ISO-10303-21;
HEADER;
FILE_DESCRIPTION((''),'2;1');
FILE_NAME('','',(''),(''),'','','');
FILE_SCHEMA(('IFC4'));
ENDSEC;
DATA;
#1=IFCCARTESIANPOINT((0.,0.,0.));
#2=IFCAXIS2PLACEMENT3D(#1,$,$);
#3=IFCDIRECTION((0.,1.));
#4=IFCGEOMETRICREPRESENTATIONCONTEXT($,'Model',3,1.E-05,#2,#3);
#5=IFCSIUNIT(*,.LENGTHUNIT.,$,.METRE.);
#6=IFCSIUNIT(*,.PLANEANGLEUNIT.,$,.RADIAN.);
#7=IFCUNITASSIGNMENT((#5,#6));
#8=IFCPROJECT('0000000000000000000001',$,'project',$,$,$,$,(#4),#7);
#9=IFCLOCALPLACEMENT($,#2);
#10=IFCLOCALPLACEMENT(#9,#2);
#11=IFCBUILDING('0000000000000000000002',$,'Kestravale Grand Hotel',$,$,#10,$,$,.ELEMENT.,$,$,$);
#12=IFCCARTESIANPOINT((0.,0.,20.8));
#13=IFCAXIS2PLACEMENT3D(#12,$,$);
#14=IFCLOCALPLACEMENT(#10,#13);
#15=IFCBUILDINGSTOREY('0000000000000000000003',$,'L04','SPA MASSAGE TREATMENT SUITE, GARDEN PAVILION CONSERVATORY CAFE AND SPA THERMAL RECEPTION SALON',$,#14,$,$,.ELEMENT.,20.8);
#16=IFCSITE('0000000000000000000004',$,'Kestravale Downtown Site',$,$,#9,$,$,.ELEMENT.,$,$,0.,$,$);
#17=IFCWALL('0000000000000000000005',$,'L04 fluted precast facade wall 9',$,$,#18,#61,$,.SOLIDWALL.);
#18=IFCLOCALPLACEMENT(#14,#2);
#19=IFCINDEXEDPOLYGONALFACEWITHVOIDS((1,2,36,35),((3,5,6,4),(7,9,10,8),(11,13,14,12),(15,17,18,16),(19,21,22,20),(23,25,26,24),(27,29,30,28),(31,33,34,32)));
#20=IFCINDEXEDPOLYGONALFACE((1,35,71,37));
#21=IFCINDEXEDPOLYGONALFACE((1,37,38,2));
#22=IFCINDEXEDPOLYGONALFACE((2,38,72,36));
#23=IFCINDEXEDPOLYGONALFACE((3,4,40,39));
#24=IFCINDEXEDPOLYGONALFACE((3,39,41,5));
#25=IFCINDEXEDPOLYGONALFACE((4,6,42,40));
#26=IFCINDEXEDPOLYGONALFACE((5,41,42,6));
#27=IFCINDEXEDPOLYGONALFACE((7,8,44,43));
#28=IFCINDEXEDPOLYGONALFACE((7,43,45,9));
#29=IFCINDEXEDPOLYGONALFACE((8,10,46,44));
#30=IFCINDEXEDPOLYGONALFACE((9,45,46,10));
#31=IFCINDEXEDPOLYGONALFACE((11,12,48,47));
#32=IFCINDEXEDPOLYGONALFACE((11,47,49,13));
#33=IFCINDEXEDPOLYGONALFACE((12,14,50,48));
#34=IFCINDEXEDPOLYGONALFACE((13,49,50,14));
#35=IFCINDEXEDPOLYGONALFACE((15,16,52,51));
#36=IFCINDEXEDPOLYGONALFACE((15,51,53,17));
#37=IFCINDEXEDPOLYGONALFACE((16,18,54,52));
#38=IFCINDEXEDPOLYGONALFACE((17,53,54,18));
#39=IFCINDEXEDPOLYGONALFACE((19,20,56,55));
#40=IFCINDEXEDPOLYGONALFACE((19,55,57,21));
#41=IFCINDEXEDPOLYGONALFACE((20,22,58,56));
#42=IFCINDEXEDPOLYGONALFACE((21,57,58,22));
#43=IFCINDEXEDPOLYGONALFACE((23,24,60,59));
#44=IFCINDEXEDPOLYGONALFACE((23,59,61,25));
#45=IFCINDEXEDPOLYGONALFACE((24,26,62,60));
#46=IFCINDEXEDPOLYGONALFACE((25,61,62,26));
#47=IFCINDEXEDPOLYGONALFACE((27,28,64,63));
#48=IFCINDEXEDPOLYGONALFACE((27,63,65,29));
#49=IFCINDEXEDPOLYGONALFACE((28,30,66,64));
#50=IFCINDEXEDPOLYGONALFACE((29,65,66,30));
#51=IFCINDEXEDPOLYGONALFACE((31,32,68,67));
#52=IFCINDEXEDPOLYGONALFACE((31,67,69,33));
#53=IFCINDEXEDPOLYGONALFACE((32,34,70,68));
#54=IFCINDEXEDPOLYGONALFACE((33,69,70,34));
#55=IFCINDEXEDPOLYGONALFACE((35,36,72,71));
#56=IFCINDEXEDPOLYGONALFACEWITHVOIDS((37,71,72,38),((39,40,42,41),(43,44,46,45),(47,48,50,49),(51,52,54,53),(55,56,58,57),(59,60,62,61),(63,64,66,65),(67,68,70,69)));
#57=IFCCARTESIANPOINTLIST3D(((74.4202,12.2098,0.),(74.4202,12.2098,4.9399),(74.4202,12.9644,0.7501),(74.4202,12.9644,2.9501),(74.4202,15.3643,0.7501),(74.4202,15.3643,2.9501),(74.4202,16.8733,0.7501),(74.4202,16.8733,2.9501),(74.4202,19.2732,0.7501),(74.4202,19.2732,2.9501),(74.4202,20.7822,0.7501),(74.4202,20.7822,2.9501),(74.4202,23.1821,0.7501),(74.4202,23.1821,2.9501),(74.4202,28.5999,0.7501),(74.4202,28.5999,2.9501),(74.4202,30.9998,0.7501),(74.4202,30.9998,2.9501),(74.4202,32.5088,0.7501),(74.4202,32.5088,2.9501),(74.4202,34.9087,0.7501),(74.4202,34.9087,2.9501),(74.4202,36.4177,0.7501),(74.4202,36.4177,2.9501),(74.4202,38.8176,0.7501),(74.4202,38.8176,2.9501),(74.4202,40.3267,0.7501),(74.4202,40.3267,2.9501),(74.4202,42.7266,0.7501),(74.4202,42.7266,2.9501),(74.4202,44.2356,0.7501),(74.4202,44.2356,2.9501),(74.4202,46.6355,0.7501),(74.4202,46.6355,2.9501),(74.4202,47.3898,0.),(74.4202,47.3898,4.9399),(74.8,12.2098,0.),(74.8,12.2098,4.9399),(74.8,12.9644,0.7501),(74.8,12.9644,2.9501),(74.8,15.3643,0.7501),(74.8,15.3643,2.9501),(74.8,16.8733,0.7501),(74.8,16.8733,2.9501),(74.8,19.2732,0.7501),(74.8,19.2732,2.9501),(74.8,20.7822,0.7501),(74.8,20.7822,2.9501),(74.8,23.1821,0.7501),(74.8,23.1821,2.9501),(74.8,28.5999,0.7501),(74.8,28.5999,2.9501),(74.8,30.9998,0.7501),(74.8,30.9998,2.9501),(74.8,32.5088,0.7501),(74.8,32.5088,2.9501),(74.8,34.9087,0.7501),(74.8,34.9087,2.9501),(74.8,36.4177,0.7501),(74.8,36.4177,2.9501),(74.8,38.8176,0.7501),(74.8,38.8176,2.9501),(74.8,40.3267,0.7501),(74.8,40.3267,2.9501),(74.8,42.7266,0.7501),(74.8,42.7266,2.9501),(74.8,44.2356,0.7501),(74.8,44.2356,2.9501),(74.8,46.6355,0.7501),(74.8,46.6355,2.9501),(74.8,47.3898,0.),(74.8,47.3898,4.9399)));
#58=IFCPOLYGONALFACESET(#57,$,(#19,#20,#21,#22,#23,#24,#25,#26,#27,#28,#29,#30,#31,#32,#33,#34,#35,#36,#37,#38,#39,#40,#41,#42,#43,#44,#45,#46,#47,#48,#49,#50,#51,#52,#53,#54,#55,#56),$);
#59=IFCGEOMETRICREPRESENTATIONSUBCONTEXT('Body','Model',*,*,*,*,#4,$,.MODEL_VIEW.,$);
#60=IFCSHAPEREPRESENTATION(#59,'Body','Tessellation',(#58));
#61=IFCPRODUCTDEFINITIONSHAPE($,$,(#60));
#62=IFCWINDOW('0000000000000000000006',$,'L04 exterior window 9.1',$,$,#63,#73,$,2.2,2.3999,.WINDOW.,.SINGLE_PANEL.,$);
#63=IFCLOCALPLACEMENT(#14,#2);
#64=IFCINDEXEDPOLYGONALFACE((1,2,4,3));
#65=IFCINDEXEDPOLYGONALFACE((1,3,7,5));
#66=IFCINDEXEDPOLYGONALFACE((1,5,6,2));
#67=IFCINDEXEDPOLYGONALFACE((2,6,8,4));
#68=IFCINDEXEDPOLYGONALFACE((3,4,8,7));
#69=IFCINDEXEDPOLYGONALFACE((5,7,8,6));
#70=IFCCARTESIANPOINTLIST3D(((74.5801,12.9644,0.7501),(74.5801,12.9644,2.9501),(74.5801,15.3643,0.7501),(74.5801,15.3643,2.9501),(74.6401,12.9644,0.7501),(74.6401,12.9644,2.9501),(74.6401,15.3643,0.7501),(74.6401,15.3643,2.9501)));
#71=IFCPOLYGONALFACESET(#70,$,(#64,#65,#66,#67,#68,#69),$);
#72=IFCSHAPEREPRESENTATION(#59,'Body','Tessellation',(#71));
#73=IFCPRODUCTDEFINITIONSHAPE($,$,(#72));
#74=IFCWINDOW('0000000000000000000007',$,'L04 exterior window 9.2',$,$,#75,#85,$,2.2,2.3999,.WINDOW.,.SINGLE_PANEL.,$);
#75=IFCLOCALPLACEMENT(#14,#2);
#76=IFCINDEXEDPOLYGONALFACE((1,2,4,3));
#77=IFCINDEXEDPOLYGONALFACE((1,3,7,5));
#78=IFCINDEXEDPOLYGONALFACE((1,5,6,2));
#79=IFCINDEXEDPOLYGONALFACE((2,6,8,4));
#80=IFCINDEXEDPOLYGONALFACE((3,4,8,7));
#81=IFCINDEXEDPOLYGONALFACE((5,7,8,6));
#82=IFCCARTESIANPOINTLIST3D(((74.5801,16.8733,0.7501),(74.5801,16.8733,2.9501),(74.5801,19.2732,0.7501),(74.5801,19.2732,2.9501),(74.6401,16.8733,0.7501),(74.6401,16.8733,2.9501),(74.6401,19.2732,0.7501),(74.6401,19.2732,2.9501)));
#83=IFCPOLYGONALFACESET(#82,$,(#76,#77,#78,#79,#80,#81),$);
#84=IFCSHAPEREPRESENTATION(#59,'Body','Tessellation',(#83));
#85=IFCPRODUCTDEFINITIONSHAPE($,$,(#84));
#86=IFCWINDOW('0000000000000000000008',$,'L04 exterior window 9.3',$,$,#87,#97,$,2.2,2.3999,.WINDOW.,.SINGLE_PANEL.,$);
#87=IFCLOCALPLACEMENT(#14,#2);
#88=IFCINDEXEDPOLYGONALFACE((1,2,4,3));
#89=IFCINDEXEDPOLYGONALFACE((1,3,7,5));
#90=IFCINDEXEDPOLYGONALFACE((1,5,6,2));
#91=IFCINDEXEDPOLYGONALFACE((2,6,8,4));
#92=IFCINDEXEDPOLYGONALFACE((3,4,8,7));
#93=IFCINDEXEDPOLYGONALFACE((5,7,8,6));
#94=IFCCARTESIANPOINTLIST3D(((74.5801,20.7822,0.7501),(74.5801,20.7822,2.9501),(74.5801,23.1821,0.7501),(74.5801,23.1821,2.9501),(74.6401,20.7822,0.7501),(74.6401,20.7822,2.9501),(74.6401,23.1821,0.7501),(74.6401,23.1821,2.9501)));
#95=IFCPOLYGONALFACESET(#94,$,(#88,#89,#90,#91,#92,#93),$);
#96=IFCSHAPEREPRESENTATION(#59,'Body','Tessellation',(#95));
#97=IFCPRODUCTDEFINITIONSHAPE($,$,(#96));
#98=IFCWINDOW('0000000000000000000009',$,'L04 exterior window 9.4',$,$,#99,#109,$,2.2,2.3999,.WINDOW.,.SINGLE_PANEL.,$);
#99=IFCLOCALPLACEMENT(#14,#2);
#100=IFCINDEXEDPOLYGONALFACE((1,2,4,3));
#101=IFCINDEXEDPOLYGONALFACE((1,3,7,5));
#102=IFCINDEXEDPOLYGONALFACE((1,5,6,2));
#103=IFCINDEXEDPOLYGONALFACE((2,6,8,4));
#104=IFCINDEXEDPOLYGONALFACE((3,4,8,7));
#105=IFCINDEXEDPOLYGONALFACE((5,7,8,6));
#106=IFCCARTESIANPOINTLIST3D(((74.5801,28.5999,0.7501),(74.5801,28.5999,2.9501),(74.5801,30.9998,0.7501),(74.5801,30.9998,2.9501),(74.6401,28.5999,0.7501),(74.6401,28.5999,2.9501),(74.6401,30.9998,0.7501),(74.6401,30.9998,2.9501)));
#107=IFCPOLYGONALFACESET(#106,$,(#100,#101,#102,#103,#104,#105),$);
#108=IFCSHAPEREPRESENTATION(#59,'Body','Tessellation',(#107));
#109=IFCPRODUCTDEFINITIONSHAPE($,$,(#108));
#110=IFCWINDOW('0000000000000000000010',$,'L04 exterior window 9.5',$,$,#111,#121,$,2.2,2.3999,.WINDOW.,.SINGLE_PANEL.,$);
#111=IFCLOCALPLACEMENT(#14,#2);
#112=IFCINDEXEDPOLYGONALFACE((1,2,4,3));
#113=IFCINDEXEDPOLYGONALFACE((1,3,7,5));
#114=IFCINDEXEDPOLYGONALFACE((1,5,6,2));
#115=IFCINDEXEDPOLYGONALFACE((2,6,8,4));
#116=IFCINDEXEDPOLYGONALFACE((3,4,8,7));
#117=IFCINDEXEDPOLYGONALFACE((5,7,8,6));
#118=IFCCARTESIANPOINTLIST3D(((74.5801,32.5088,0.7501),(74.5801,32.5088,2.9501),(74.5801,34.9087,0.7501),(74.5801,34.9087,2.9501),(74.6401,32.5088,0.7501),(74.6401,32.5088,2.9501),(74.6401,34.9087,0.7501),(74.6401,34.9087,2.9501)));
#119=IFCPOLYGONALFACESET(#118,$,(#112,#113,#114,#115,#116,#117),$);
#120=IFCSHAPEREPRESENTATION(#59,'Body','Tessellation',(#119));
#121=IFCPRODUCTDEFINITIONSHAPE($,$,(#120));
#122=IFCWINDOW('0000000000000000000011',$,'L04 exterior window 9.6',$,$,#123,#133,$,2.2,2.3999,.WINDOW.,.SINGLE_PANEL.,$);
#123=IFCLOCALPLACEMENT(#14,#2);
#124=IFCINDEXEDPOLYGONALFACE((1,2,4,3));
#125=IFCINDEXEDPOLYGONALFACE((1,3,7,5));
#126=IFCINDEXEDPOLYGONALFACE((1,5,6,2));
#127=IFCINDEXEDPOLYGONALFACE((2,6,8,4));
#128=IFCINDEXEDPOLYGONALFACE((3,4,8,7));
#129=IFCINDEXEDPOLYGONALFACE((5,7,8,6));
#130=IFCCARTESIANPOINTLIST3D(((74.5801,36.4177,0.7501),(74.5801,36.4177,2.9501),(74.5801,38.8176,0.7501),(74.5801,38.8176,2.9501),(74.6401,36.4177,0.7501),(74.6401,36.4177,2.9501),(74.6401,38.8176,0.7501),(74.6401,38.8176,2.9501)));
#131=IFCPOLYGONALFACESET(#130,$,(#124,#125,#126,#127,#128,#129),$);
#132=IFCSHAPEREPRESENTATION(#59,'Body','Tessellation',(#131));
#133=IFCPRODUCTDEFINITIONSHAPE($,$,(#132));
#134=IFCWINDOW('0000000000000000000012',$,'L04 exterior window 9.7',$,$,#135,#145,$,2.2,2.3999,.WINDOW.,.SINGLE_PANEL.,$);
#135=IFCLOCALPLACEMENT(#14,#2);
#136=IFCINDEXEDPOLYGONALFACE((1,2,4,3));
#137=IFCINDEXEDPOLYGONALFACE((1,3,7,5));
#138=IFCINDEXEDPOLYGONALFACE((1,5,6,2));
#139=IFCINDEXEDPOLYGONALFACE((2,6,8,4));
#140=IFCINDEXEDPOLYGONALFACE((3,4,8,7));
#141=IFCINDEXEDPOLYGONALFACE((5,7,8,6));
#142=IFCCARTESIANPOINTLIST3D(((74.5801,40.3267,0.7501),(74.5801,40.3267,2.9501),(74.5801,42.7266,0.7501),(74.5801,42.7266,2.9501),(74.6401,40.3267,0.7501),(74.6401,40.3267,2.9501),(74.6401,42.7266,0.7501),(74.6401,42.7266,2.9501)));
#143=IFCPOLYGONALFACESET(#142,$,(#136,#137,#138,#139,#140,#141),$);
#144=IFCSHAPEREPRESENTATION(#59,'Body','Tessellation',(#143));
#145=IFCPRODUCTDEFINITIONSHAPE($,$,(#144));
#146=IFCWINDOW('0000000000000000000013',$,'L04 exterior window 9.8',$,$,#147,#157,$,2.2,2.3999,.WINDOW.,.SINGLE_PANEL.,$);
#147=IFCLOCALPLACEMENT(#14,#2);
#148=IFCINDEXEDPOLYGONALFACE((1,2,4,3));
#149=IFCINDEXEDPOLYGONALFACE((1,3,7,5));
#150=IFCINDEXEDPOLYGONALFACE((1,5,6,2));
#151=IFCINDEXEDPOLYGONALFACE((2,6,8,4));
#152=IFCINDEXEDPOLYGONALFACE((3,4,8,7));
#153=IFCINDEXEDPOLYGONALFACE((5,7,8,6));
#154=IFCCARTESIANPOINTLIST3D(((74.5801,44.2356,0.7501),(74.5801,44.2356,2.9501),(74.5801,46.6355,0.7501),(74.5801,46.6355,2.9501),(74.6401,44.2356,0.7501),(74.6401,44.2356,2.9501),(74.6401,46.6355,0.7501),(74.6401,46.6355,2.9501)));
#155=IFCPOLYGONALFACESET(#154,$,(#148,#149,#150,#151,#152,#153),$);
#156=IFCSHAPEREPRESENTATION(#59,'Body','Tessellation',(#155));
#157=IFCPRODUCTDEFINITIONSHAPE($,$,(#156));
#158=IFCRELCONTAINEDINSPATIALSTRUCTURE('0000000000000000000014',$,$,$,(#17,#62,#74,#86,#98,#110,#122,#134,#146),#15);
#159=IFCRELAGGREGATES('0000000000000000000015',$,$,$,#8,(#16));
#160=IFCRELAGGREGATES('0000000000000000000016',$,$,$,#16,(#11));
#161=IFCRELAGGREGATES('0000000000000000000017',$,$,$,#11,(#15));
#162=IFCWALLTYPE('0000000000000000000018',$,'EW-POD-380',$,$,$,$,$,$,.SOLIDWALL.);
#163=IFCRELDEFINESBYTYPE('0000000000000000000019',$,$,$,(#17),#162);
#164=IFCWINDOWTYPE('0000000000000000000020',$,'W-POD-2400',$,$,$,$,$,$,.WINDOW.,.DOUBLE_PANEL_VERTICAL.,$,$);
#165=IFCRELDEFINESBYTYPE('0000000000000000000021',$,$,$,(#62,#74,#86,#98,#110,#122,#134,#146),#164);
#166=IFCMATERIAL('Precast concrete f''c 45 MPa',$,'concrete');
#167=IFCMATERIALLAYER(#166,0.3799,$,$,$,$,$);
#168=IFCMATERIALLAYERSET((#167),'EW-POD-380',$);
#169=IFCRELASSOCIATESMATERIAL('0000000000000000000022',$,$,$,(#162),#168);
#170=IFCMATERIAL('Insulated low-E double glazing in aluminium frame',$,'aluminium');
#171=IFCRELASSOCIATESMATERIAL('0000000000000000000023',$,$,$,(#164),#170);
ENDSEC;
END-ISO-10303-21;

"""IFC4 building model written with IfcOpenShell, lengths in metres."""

from ifc_helpers import new_model, si_unit, direction, frame, frame_2d, origin, place, context, subcontext, project, spatial, rectangle, extrude, material, layer, layer_set, type_object, element, fill, save


model = new_model("IFC4")

# Units and contexts
model_context = context("Model", 3, precision=1e-05, world=origin(), true_north=direction((0.0, 1.0)))
body_context = subcontext(model_context, "Body", "Model", "MODEL_VIEW")
ifc_project = project(units=[si_unit("LENGTHUNIT", "METRE"), si_unit("PLANEANGLEUNIT", "RADIAN")], contexts=[model_context])

# Site, building, storey
site_placement = place(None, origin())
site = spatial("IfcSite", under=ifc_project, at=site_placement, Name="Kestravale Downtown Site", CompositionType="ELEMENT", RefElevation=0.0)
building_placement = place(site_placement, origin())
building = spatial("IfcBuilding", under=site, at=building_placement, Name="Kestravale Grand Hotel", CompositionType="ELEMENT")
storey_placement = place(building_placement, frame((0.0, 0.0, 20.8)))
storey = spatial("IfcBuildingStorey", under=building, at=storey_placement, Name="L04", Description="SPA MASSAGE TREATMENT SUITE, GARDEN PAVILION CONSERVATORY CAFE AND SPA THERMAL RECEPTION SALON", CompositionType="ELEMENT", Elevation=20.8)

# Shared definitions
ifc_material_1 = material(Name="Precast concrete f'c 45 MPa", Category="concrete")
ifc_layer = layer(ifc_material_1, 0.3799)
ifc_layer_set = layer_set([ifc_layer], Name="EW-POD-380")
wall_type = type_object("IfcWallType", Name="EW-POD-380", PredefinedType="SOLIDWALL", material=ifc_layer_set)

# Wall, openings, windows
wall_1_placement = place(storey_placement, frame((74.6101, 12.21, 0.0), z_axis=(0.0, 0.0, 1.0), x_axis=(0.0, 1.0, 0.0)))
wall_1 = element("IfcWall", 1, at=wall_1_placement, inside=storey, type_object=wall_type, Name="L04 fluted precast facade wall 9", PredefinedType="SOLIDWALL", context=body_context, shape_type="SweptSolid", body=[
    extrude(rectangle(XDim=35.1799, YDim=0.3799, at=frame_2d((17.5898, 0.0))), origin(), (0.0, 0.0, 1.0), 4.9399),
])
opening_1_placement = place(wall_1_placement, frame((0.7544, 0.0, 0.75)))
opening_1 = element("IfcOpeningElement", 2, at=opening_1_placement, cuts=wall_1, PredefinedType="OPENING", context=body_context, shape_type="SweptSolid", body=[
    extrude(rectangle(XDim=2.3999, YDim=2.2, at=frame_2d((1.2, 1.1001))), frame((0.0, 0.2, 0.0), z_axis=(0.0, -1.0, 0.0), x_axis=(1.0, 0.0, 0.0)), (0.0, 0.0, 1.0), 0.3999),
])
opening_2_placement = place(wall_1_placement, frame((4.6633, 0.0, 0.75)))
opening_2 = element("IfcOpeningElement", 3, at=opening_2_placement, cuts=wall_1, PredefinedType="OPENING", context=body_context, shape_type="SweptSolid", body=[
    extrude(rectangle(XDim=2.3999, YDim=2.2, at=frame_2d((1.2, 1.1001))), frame((0.0, 0.2, 0.0), z_axis=(0.0, -1.0, 0.0), x_axis=(1.0, 0.0, 0.0)), (0.0, 0.0, 1.0), 0.3999),
])
opening_3_placement = place(wall_1_placement, frame((8.5723, 0.0, 0.75)))
opening_3 = element("IfcOpeningElement", 4, at=opening_3_placement, cuts=wall_1, PredefinedType="OPENING", context=body_context, shape_type="SweptSolid", body=[
    extrude(rectangle(XDim=2.3999, YDim=2.2, at=frame_2d((1.2, 1.1001))), frame((0.0, 0.2, 0.0), z_axis=(0.0, -1.0, 0.0), x_axis=(1.0, 0.0, 0.0)), (0.0, 0.0, 1.0), 0.3999),
])
opening_4_placement = place(wall_1_placement, frame((16.3899, 0.0, 0.75)))
opening_4 = element("IfcOpeningElement", 5, at=opening_4_placement, cuts=wall_1, PredefinedType="OPENING", context=body_context, shape_type="SweptSolid", body=[
    extrude(rectangle(XDim=2.3999, YDim=2.2, at=frame_2d((1.2, 1.1001))), frame((0.0, 0.2, 0.0), z_axis=(0.0, -1.0, 0.0), x_axis=(1.0, 0.0, 0.0)), (0.0, 0.0, 1.0), 0.3999),
])
opening_5_placement = place(wall_1_placement, frame((20.2988, 0.0, 0.75)))
opening_5 = element("IfcOpeningElement", 6, at=opening_5_placement, cuts=wall_1, PredefinedType="OPENING", context=body_context, shape_type="SweptSolid", body=[
    extrude(rectangle(XDim=2.3999, YDim=2.2, at=frame_2d((1.2, 1.1001))), frame((0.0, 0.2, 0.0), z_axis=(0.0, -1.0, 0.0), x_axis=(1.0, 0.0, 0.0)), (0.0, 0.0, 1.0), 0.3999),
])
opening_6_placement = place(wall_1_placement, frame((24.2078, 0.0, 0.75)))
opening_6 = element("IfcOpeningElement", 7, at=opening_6_placement, cuts=wall_1, PredefinedType="OPENING", context=body_context, shape_type="SweptSolid", body=[
    extrude(rectangle(XDim=2.3999, YDim=2.2, at=frame_2d((1.2, 1.1001))), frame((0.0, 0.2, 0.0), z_axis=(0.0, -1.0, 0.0), x_axis=(1.0, 0.0, 0.0)), (0.0, 0.0, 1.0), 0.3999),
])
opening_7_placement = place(wall_1_placement, frame((28.1167, 0.0, 0.75)))
opening_7 = element("IfcOpeningElement", 8, at=opening_7_placement, cuts=wall_1, PredefinedType="OPENING", context=body_context, shape_type="SweptSolid", body=[
    extrude(rectangle(XDim=2.3999, YDim=2.2, at=frame_2d((1.2, 1.1001))), frame((0.0, 0.2, 0.0), z_axis=(0.0, -1.0, 0.0), x_axis=(1.0, 0.0, 0.0)), (0.0, 0.0, 1.0), 0.3999),
])
opening_8_placement = place(wall_1_placement, frame((32.0256, 0.0, 0.75)))
opening_8 = element("IfcOpeningElement", 9, at=opening_8_placement, cuts=wall_1, PredefinedType="OPENING", context=body_context, shape_type="SweptSolid", body=[
    extrude(rectangle(XDim=2.3999, YDim=2.2, at=frame_2d((1.2, 1.1001))), frame((0.0, 0.2, 0.0), z_axis=(0.0, -1.0, 0.0), x_axis=(1.0, 0.0, 0.0)), (0.0, 0.0, 1.0), 0.3999),
])
ifc_material_2 = material(Name="Insulated low-E double glazing in aluminium frame", Category="aluminium")
window_type_1 = type_object("IfcWindowType", Name="W-POD-2400", PartitioningType="DOUBLE_PANEL_VERTICAL", PredefinedType="WINDOW", material=ifc_material_2)
window_1_placement = place(opening_1_placement, origin())
window_1 = element("IfcWindow", 10, at=window_1_placement, inside=storey, type_object=window_type_1, Name="L04 exterior window 9.1", OverallHeight=2.2, OverallWidth=2.3999, PartitioningType="SINGLE_PANEL", PredefinedType="WINDOW", context=body_context, shape_type="SweptSolid", body=[
    extrude(rectangle(XDim=2.3999, YDim=2.2, at=frame_2d((1.2, 1.1001))), frame((0.0, 0.03, 0.0), z_axis=(0.0, -1.0, 0.0), x_axis=(1.0, 0.0, 0.0)), (0.0, 0.0, 1.0), 0.0601),
])
fill(opening_1, window_1)
window_2_placement = place(opening_2_placement, origin())
window_2 = element("IfcWindow", 11, at=window_2_placement, inside=storey, type_object=window_type_1, Name="L04 exterior window 9.2", OverallHeight=2.2, OverallWidth=2.3999, PartitioningType="SINGLE_PANEL", PredefinedType="WINDOW", context=body_context, shape_type="SweptSolid", body=[
    extrude(rectangle(XDim=2.3999, YDim=2.2, at=frame_2d((1.2, 1.1001))), frame((0.0, 0.03, 0.0), z_axis=(0.0, -1.0, 0.0), x_axis=(1.0, 0.0, 0.0)), (0.0, 0.0, 1.0), 0.0601),
])
fill(opening_2, window_2)
window_3_placement = place(opening_3_placement, origin())
window_3 = element("IfcWindow", 12, at=window_3_placement, inside=storey, type_object=window_type_1, Name="L04 exterior window 9.3", OverallHeight=2.2, OverallWidth=2.3999, PartitioningType="SINGLE_PANEL", PredefinedType="WINDOW", context=body_context, shape_type="SweptSolid", body=[
    extrude(rectangle(XDim=2.3999, YDim=2.2, at=frame_2d((1.2, 1.1001))), frame((0.0, 0.03, 0.0), z_axis=(0.0, -1.0, 0.0), x_axis=(1.0, 0.0, 0.0)), (0.0, 0.0, 1.0), 0.0601),
])
fill(opening_3, window_3)
window_4_placement = place(opening_4_placement, origin())
window_4 = element("IfcWindow", 13, at=window_4_placement, inside=storey, type_object=window_type_1, Name="L04 exterior window 9.4", OverallHeight=2.2, OverallWidth=2.3999, PartitioningType="SINGLE_PANEL", PredefinedType="WINDOW", context=body_context, shape_type="SweptSolid", body=[
    extrude(rectangle(XDim=2.3999, YDim=2.2, at=frame_2d((1.2, 1.1001))), frame((0.0, 0.03, 0.0), z_axis=(0.0, -1.0, 0.0), x_axis=(1.0, 0.0, 0.0)), (0.0, 0.0, 1.0), 0.0601),
])
fill(opening_4, window_4)
window_5_placement = place(opening_5_placement, origin())
window_5 = element("IfcWindow", 14, at=window_5_placement, inside=storey, type_object=window_type_1, Name="L04 exterior window 9.5", OverallHeight=2.2, OverallWidth=2.3999, PartitioningType="SINGLE_PANEL", PredefinedType="WINDOW", context=body_context, shape_type="SweptSolid", body=[
    extrude(rectangle(XDim=2.3999, YDim=2.2, at=frame_2d((1.2, 1.1001))), frame((0.0, 0.03, 0.0), z_axis=(0.0, -1.0, 0.0), x_axis=(1.0, 0.0, 0.0)), (0.0, 0.0, 1.0), 0.0601),
])
fill(opening_5, window_5)
window_6_placement = place(opening_6_placement, origin())
window_6 = element("IfcWindow", 15, at=window_6_placement, inside=storey, type_object=window_type_1, Name="L04 exterior window 9.6", OverallHeight=2.2, OverallWidth=2.3999, PartitioningType="SINGLE_PANEL", PredefinedType="WINDOW", context=body_context, shape_type="SweptSolid", body=[
    extrude(rectangle(XDim=2.3999, YDim=2.2, at=frame_2d((1.2, 1.1001))), frame((0.0, 0.03, 0.0), z_axis=(0.0, -1.0, 0.0), x_axis=(1.0, 0.0, 0.0)), (0.0, 0.0, 1.0), 0.0601),
])
fill(opening_6, window_6)
window_7_placement = place(opening_7_placement, origin())
window_7 = element("IfcWindow", 16, at=window_7_placement, inside=storey, type_object=window_type_1, Name="L04 exterior window 9.7", OverallHeight=2.2, OverallWidth=2.3999, PartitioningType="SINGLE_PANEL", PredefinedType="WINDOW", context=body_context, shape_type="SweptSolid", body=[
    extrude(rectangle(XDim=2.3999, YDim=2.2, at=frame_2d((1.2, 1.1001))), frame((0.0, 0.03, 0.0), z_axis=(0.0, -1.0, 0.0), x_axis=(1.0, 0.0, 0.0)), (0.0, 0.0, 1.0), 0.0601),
])
fill(opening_7, window_7)
window_8_placement = place(opening_8_placement, origin())
window_8 = element("IfcWindow", 17, at=window_8_placement, inside=storey, type_object=window_type_1, Name="L04 exterior window 9.8", OverallHeight=2.2, OverallWidth=2.3999, PartitioningType="SINGLE_PANEL", PredefinedType="WINDOW", context=body_context, shape_type="SweptSolid", body=[
    extrude(rectangle(XDim=2.3999, YDim=2.2, at=frame_2d((1.2, 1.1001))), frame((0.0, 0.03, 0.0), z_axis=(0.0, -1.0, 0.0), x_axis=(1.0, 0.0, 0.0)), (0.0, 0.0, 1.0), 0.0601),
])
fill(opening_8, window_8)

save(model, "model.ifc")
